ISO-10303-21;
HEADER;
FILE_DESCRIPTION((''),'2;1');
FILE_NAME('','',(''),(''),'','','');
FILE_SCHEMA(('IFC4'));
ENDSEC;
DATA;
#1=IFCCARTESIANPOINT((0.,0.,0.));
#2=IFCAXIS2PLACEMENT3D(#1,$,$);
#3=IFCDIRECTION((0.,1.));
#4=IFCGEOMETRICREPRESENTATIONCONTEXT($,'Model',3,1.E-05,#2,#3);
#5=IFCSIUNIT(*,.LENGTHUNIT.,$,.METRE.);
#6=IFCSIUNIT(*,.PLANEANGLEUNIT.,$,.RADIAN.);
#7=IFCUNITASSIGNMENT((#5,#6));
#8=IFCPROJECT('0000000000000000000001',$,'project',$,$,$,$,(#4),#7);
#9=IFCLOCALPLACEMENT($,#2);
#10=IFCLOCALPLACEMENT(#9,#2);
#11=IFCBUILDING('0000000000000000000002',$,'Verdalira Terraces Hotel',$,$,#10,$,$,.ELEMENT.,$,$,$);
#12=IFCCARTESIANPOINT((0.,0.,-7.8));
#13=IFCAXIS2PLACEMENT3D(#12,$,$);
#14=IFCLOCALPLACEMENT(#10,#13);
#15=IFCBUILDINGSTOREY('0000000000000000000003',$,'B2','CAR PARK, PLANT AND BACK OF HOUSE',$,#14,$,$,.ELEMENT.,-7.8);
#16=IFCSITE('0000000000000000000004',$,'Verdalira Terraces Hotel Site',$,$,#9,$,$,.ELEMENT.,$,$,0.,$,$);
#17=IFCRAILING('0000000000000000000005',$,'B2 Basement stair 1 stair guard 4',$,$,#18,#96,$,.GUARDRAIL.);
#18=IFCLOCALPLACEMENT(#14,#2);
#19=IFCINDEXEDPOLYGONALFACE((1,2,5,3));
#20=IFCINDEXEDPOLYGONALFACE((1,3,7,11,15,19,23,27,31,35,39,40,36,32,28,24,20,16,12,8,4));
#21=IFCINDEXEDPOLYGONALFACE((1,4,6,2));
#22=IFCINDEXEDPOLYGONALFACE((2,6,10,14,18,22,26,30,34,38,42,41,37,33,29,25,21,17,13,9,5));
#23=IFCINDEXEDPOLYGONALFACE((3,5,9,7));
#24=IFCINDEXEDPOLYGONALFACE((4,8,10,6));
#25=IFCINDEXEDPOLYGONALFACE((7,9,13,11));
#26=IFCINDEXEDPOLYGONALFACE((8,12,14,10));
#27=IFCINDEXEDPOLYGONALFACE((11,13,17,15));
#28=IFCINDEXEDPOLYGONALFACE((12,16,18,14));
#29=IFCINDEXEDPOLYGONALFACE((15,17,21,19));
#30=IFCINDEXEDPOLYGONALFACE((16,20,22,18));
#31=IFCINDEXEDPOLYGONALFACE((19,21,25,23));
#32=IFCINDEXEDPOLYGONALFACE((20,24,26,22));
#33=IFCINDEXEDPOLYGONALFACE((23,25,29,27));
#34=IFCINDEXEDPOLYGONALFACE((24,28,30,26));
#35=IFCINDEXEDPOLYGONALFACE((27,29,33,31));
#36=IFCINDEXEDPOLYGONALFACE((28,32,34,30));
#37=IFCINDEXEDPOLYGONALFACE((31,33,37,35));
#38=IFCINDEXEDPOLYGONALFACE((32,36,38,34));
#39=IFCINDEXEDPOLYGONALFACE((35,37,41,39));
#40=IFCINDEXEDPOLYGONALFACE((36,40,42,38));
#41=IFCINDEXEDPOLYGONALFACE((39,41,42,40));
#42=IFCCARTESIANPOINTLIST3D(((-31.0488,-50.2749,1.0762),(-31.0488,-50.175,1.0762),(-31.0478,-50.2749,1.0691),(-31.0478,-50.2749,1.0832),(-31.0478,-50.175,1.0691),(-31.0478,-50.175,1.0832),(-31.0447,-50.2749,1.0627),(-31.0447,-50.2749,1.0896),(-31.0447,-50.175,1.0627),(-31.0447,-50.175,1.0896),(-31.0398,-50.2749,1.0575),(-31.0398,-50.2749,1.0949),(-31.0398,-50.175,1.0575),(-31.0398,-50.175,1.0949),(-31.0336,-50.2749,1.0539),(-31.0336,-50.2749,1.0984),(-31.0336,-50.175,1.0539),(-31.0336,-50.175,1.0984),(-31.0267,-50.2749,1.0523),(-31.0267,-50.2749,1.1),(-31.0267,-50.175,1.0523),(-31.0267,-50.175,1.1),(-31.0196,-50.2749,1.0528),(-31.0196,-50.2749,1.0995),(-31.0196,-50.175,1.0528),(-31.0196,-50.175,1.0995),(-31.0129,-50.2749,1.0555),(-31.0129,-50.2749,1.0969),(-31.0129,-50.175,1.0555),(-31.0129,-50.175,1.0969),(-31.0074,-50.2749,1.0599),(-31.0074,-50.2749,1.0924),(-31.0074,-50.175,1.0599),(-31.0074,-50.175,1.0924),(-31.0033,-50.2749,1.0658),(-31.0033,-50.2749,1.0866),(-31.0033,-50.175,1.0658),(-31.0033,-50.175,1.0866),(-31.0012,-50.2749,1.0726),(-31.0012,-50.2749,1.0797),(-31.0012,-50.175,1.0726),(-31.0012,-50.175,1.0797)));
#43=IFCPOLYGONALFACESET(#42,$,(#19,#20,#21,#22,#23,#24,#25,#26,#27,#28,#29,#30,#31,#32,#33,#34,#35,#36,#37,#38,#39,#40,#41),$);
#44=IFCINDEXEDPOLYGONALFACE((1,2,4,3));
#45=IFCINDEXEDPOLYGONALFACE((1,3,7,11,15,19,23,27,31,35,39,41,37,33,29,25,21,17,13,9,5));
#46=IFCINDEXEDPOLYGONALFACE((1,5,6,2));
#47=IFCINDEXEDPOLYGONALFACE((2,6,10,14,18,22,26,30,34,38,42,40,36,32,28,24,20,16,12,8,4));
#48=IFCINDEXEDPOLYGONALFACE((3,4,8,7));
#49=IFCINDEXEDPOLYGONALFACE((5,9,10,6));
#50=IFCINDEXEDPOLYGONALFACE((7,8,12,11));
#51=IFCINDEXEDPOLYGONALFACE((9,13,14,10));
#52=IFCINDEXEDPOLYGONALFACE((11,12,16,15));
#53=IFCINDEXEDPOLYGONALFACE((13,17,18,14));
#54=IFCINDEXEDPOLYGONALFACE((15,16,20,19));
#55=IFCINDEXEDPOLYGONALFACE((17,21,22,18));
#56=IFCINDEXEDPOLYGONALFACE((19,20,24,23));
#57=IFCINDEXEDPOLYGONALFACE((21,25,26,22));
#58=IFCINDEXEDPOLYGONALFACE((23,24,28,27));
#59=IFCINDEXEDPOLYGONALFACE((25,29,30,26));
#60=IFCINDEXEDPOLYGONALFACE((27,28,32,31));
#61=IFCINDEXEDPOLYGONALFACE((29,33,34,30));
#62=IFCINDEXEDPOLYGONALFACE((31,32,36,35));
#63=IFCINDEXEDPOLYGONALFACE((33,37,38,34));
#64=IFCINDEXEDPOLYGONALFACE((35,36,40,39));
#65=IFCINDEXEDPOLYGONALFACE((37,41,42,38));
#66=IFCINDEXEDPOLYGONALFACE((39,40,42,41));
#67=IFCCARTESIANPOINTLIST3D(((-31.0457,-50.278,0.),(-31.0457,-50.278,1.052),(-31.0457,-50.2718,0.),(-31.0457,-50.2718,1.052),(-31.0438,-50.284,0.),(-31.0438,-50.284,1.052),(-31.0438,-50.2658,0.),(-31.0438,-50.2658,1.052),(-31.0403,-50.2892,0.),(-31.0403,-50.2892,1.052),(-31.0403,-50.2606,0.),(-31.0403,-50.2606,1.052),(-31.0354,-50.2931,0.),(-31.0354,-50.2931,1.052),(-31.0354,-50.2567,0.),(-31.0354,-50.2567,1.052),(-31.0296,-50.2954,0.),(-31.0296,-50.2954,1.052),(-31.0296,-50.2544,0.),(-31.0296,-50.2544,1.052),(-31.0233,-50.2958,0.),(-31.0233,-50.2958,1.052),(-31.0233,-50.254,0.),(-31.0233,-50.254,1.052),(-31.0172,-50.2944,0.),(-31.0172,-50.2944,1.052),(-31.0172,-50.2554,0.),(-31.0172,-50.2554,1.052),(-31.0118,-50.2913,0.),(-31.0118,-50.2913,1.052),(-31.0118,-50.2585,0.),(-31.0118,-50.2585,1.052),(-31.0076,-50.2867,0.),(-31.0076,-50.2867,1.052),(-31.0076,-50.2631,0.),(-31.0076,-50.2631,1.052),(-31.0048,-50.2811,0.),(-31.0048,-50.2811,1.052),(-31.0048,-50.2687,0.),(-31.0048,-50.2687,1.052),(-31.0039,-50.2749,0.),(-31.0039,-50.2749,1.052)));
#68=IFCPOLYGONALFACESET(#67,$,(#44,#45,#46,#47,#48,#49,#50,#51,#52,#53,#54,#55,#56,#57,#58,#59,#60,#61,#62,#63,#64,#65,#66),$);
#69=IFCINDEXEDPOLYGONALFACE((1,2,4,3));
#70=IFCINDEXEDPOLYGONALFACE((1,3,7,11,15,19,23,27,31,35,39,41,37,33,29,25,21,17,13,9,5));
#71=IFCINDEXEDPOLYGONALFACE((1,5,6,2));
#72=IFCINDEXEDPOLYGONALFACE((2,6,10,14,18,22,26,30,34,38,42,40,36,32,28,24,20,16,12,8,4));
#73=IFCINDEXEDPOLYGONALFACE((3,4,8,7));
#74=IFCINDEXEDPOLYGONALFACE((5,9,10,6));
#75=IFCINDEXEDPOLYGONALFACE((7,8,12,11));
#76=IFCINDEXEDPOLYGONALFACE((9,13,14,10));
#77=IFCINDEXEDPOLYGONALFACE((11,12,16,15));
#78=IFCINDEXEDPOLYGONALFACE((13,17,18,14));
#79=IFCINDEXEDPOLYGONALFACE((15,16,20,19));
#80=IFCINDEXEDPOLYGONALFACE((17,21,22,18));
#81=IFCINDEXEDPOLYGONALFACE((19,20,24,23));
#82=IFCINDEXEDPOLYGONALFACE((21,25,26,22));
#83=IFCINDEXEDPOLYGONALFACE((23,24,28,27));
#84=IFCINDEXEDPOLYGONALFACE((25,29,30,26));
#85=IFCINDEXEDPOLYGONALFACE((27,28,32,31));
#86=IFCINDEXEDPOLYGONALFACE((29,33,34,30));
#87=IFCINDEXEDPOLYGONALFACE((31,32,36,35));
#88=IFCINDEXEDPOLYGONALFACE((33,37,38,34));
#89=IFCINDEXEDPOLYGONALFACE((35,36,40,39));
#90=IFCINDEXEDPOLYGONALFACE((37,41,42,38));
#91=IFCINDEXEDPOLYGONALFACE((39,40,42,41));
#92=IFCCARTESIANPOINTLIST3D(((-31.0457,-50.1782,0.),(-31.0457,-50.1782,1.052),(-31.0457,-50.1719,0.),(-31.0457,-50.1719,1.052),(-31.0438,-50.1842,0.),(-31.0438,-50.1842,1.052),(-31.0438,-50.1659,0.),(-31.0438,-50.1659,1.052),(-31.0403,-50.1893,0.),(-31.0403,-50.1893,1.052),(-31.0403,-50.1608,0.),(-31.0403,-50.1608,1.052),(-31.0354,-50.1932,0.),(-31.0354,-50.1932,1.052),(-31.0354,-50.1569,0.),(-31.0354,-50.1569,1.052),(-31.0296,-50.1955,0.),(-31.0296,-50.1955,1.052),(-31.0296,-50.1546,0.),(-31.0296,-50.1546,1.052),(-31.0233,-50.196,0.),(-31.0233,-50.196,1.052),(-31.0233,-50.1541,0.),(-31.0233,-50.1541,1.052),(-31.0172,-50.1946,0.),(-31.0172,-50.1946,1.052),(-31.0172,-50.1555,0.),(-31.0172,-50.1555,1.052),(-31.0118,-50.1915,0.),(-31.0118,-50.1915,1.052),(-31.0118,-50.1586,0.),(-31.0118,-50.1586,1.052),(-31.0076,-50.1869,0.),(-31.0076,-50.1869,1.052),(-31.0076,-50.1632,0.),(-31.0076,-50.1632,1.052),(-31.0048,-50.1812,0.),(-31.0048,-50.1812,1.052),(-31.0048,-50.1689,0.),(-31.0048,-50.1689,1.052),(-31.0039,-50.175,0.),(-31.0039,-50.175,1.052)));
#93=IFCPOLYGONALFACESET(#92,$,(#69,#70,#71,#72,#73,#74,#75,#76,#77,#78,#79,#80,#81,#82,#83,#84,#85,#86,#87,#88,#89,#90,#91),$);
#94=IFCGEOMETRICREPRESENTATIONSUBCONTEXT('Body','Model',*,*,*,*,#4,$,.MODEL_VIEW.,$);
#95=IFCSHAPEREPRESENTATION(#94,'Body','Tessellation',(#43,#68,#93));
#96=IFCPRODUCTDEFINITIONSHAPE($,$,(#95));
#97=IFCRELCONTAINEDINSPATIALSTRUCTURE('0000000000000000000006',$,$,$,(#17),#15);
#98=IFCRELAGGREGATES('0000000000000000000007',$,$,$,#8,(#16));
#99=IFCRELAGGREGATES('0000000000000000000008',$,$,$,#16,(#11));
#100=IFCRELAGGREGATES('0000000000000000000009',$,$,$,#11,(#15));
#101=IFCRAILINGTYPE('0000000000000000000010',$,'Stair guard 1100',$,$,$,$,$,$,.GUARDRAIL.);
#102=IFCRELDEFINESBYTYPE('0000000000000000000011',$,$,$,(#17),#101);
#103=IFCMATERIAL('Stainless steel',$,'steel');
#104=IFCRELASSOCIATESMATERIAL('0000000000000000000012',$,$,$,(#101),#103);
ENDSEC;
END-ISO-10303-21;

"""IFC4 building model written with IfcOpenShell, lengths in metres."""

from ifc_helpers import new_model, si_unit, direction, frame, origin, origin_2d, place, context, subcontext, project, spatial, circle, extrude, material, type_object, element, save


model = new_model("IFC4")

# Units and contexts
model_context = context("Model", 3, precision=1e-05, world=origin(), true_north=direction((0.0, 1.0)))
body_context = subcontext(model_context, "Body", "Model", "MODEL_VIEW")
ifc_project = project(units=[si_unit("LENGTHUNIT", "METRE"), si_unit("PLANEANGLEUNIT", "RADIAN")], contexts=[model_context])

# Site, building, storey
site_placement = place(None, origin())
site = spatial("IfcSite", under=ifc_project, at=site_placement, Name="Verdalira Terraces Hotel Site", CompositionType="ELEMENT", RefElevation=0.0)
building_placement = place(site_placement, origin())
building = spatial("IfcBuilding", under=site, at=building_placement, Name="Verdalira Terraces Hotel", CompositionType="ELEMENT")
storey_placement = place(building_placement, frame((0.0, 0.0, -7.8)))
storey = spatial("IfcBuildingStorey", under=building, at=storey_placement, Name="B2", Description="CAR PARK, PLANT AND BACK OF HOUSE", CompositionType="ELEMENT", Elevation=-7.8)

# Railing
ifc_material_1 = material(Name="Stainless steel", Category="steel")
railing_type_1 = type_object("IfcRailingType", Name="Stair guard 1100", PredefinedType="GUARDRAIL", material=ifc_material_1)
railing_1_placement = place(storey_placement, frame((-31.0249, -50.2749, 0.0)))
element("IfcRailing", 1, at=railing_1_placement, inside=storey, type_object=railing_type_1, Name="B2 Basement stair 1 stair guard 4", PredefinedType="GUARDRAIL", context=body_context, shape_type="SweptSolid", body=[
    extrude(circle(Radius=0.0239, at=origin_2d()), frame((0.0, 0.0, 1.0762), z_axis=(0.0, 1.0, 0.0), x_axis=(-1.0, 0.0, 0.0)), (0.0, 0.0, 1.0), 0.0999),
    extrude(circle(Radius=0.021, at=origin_2d()), origin(), (0.0, 0.0, 1.0), 1.052),
    extrude(circle(Radius=0.021, at=origin_2d()), frame((0.0, 0.0999, 0.0)), (0.0, 0.0, 1.0), 1.052),
])

save(model, "model.ifc")
